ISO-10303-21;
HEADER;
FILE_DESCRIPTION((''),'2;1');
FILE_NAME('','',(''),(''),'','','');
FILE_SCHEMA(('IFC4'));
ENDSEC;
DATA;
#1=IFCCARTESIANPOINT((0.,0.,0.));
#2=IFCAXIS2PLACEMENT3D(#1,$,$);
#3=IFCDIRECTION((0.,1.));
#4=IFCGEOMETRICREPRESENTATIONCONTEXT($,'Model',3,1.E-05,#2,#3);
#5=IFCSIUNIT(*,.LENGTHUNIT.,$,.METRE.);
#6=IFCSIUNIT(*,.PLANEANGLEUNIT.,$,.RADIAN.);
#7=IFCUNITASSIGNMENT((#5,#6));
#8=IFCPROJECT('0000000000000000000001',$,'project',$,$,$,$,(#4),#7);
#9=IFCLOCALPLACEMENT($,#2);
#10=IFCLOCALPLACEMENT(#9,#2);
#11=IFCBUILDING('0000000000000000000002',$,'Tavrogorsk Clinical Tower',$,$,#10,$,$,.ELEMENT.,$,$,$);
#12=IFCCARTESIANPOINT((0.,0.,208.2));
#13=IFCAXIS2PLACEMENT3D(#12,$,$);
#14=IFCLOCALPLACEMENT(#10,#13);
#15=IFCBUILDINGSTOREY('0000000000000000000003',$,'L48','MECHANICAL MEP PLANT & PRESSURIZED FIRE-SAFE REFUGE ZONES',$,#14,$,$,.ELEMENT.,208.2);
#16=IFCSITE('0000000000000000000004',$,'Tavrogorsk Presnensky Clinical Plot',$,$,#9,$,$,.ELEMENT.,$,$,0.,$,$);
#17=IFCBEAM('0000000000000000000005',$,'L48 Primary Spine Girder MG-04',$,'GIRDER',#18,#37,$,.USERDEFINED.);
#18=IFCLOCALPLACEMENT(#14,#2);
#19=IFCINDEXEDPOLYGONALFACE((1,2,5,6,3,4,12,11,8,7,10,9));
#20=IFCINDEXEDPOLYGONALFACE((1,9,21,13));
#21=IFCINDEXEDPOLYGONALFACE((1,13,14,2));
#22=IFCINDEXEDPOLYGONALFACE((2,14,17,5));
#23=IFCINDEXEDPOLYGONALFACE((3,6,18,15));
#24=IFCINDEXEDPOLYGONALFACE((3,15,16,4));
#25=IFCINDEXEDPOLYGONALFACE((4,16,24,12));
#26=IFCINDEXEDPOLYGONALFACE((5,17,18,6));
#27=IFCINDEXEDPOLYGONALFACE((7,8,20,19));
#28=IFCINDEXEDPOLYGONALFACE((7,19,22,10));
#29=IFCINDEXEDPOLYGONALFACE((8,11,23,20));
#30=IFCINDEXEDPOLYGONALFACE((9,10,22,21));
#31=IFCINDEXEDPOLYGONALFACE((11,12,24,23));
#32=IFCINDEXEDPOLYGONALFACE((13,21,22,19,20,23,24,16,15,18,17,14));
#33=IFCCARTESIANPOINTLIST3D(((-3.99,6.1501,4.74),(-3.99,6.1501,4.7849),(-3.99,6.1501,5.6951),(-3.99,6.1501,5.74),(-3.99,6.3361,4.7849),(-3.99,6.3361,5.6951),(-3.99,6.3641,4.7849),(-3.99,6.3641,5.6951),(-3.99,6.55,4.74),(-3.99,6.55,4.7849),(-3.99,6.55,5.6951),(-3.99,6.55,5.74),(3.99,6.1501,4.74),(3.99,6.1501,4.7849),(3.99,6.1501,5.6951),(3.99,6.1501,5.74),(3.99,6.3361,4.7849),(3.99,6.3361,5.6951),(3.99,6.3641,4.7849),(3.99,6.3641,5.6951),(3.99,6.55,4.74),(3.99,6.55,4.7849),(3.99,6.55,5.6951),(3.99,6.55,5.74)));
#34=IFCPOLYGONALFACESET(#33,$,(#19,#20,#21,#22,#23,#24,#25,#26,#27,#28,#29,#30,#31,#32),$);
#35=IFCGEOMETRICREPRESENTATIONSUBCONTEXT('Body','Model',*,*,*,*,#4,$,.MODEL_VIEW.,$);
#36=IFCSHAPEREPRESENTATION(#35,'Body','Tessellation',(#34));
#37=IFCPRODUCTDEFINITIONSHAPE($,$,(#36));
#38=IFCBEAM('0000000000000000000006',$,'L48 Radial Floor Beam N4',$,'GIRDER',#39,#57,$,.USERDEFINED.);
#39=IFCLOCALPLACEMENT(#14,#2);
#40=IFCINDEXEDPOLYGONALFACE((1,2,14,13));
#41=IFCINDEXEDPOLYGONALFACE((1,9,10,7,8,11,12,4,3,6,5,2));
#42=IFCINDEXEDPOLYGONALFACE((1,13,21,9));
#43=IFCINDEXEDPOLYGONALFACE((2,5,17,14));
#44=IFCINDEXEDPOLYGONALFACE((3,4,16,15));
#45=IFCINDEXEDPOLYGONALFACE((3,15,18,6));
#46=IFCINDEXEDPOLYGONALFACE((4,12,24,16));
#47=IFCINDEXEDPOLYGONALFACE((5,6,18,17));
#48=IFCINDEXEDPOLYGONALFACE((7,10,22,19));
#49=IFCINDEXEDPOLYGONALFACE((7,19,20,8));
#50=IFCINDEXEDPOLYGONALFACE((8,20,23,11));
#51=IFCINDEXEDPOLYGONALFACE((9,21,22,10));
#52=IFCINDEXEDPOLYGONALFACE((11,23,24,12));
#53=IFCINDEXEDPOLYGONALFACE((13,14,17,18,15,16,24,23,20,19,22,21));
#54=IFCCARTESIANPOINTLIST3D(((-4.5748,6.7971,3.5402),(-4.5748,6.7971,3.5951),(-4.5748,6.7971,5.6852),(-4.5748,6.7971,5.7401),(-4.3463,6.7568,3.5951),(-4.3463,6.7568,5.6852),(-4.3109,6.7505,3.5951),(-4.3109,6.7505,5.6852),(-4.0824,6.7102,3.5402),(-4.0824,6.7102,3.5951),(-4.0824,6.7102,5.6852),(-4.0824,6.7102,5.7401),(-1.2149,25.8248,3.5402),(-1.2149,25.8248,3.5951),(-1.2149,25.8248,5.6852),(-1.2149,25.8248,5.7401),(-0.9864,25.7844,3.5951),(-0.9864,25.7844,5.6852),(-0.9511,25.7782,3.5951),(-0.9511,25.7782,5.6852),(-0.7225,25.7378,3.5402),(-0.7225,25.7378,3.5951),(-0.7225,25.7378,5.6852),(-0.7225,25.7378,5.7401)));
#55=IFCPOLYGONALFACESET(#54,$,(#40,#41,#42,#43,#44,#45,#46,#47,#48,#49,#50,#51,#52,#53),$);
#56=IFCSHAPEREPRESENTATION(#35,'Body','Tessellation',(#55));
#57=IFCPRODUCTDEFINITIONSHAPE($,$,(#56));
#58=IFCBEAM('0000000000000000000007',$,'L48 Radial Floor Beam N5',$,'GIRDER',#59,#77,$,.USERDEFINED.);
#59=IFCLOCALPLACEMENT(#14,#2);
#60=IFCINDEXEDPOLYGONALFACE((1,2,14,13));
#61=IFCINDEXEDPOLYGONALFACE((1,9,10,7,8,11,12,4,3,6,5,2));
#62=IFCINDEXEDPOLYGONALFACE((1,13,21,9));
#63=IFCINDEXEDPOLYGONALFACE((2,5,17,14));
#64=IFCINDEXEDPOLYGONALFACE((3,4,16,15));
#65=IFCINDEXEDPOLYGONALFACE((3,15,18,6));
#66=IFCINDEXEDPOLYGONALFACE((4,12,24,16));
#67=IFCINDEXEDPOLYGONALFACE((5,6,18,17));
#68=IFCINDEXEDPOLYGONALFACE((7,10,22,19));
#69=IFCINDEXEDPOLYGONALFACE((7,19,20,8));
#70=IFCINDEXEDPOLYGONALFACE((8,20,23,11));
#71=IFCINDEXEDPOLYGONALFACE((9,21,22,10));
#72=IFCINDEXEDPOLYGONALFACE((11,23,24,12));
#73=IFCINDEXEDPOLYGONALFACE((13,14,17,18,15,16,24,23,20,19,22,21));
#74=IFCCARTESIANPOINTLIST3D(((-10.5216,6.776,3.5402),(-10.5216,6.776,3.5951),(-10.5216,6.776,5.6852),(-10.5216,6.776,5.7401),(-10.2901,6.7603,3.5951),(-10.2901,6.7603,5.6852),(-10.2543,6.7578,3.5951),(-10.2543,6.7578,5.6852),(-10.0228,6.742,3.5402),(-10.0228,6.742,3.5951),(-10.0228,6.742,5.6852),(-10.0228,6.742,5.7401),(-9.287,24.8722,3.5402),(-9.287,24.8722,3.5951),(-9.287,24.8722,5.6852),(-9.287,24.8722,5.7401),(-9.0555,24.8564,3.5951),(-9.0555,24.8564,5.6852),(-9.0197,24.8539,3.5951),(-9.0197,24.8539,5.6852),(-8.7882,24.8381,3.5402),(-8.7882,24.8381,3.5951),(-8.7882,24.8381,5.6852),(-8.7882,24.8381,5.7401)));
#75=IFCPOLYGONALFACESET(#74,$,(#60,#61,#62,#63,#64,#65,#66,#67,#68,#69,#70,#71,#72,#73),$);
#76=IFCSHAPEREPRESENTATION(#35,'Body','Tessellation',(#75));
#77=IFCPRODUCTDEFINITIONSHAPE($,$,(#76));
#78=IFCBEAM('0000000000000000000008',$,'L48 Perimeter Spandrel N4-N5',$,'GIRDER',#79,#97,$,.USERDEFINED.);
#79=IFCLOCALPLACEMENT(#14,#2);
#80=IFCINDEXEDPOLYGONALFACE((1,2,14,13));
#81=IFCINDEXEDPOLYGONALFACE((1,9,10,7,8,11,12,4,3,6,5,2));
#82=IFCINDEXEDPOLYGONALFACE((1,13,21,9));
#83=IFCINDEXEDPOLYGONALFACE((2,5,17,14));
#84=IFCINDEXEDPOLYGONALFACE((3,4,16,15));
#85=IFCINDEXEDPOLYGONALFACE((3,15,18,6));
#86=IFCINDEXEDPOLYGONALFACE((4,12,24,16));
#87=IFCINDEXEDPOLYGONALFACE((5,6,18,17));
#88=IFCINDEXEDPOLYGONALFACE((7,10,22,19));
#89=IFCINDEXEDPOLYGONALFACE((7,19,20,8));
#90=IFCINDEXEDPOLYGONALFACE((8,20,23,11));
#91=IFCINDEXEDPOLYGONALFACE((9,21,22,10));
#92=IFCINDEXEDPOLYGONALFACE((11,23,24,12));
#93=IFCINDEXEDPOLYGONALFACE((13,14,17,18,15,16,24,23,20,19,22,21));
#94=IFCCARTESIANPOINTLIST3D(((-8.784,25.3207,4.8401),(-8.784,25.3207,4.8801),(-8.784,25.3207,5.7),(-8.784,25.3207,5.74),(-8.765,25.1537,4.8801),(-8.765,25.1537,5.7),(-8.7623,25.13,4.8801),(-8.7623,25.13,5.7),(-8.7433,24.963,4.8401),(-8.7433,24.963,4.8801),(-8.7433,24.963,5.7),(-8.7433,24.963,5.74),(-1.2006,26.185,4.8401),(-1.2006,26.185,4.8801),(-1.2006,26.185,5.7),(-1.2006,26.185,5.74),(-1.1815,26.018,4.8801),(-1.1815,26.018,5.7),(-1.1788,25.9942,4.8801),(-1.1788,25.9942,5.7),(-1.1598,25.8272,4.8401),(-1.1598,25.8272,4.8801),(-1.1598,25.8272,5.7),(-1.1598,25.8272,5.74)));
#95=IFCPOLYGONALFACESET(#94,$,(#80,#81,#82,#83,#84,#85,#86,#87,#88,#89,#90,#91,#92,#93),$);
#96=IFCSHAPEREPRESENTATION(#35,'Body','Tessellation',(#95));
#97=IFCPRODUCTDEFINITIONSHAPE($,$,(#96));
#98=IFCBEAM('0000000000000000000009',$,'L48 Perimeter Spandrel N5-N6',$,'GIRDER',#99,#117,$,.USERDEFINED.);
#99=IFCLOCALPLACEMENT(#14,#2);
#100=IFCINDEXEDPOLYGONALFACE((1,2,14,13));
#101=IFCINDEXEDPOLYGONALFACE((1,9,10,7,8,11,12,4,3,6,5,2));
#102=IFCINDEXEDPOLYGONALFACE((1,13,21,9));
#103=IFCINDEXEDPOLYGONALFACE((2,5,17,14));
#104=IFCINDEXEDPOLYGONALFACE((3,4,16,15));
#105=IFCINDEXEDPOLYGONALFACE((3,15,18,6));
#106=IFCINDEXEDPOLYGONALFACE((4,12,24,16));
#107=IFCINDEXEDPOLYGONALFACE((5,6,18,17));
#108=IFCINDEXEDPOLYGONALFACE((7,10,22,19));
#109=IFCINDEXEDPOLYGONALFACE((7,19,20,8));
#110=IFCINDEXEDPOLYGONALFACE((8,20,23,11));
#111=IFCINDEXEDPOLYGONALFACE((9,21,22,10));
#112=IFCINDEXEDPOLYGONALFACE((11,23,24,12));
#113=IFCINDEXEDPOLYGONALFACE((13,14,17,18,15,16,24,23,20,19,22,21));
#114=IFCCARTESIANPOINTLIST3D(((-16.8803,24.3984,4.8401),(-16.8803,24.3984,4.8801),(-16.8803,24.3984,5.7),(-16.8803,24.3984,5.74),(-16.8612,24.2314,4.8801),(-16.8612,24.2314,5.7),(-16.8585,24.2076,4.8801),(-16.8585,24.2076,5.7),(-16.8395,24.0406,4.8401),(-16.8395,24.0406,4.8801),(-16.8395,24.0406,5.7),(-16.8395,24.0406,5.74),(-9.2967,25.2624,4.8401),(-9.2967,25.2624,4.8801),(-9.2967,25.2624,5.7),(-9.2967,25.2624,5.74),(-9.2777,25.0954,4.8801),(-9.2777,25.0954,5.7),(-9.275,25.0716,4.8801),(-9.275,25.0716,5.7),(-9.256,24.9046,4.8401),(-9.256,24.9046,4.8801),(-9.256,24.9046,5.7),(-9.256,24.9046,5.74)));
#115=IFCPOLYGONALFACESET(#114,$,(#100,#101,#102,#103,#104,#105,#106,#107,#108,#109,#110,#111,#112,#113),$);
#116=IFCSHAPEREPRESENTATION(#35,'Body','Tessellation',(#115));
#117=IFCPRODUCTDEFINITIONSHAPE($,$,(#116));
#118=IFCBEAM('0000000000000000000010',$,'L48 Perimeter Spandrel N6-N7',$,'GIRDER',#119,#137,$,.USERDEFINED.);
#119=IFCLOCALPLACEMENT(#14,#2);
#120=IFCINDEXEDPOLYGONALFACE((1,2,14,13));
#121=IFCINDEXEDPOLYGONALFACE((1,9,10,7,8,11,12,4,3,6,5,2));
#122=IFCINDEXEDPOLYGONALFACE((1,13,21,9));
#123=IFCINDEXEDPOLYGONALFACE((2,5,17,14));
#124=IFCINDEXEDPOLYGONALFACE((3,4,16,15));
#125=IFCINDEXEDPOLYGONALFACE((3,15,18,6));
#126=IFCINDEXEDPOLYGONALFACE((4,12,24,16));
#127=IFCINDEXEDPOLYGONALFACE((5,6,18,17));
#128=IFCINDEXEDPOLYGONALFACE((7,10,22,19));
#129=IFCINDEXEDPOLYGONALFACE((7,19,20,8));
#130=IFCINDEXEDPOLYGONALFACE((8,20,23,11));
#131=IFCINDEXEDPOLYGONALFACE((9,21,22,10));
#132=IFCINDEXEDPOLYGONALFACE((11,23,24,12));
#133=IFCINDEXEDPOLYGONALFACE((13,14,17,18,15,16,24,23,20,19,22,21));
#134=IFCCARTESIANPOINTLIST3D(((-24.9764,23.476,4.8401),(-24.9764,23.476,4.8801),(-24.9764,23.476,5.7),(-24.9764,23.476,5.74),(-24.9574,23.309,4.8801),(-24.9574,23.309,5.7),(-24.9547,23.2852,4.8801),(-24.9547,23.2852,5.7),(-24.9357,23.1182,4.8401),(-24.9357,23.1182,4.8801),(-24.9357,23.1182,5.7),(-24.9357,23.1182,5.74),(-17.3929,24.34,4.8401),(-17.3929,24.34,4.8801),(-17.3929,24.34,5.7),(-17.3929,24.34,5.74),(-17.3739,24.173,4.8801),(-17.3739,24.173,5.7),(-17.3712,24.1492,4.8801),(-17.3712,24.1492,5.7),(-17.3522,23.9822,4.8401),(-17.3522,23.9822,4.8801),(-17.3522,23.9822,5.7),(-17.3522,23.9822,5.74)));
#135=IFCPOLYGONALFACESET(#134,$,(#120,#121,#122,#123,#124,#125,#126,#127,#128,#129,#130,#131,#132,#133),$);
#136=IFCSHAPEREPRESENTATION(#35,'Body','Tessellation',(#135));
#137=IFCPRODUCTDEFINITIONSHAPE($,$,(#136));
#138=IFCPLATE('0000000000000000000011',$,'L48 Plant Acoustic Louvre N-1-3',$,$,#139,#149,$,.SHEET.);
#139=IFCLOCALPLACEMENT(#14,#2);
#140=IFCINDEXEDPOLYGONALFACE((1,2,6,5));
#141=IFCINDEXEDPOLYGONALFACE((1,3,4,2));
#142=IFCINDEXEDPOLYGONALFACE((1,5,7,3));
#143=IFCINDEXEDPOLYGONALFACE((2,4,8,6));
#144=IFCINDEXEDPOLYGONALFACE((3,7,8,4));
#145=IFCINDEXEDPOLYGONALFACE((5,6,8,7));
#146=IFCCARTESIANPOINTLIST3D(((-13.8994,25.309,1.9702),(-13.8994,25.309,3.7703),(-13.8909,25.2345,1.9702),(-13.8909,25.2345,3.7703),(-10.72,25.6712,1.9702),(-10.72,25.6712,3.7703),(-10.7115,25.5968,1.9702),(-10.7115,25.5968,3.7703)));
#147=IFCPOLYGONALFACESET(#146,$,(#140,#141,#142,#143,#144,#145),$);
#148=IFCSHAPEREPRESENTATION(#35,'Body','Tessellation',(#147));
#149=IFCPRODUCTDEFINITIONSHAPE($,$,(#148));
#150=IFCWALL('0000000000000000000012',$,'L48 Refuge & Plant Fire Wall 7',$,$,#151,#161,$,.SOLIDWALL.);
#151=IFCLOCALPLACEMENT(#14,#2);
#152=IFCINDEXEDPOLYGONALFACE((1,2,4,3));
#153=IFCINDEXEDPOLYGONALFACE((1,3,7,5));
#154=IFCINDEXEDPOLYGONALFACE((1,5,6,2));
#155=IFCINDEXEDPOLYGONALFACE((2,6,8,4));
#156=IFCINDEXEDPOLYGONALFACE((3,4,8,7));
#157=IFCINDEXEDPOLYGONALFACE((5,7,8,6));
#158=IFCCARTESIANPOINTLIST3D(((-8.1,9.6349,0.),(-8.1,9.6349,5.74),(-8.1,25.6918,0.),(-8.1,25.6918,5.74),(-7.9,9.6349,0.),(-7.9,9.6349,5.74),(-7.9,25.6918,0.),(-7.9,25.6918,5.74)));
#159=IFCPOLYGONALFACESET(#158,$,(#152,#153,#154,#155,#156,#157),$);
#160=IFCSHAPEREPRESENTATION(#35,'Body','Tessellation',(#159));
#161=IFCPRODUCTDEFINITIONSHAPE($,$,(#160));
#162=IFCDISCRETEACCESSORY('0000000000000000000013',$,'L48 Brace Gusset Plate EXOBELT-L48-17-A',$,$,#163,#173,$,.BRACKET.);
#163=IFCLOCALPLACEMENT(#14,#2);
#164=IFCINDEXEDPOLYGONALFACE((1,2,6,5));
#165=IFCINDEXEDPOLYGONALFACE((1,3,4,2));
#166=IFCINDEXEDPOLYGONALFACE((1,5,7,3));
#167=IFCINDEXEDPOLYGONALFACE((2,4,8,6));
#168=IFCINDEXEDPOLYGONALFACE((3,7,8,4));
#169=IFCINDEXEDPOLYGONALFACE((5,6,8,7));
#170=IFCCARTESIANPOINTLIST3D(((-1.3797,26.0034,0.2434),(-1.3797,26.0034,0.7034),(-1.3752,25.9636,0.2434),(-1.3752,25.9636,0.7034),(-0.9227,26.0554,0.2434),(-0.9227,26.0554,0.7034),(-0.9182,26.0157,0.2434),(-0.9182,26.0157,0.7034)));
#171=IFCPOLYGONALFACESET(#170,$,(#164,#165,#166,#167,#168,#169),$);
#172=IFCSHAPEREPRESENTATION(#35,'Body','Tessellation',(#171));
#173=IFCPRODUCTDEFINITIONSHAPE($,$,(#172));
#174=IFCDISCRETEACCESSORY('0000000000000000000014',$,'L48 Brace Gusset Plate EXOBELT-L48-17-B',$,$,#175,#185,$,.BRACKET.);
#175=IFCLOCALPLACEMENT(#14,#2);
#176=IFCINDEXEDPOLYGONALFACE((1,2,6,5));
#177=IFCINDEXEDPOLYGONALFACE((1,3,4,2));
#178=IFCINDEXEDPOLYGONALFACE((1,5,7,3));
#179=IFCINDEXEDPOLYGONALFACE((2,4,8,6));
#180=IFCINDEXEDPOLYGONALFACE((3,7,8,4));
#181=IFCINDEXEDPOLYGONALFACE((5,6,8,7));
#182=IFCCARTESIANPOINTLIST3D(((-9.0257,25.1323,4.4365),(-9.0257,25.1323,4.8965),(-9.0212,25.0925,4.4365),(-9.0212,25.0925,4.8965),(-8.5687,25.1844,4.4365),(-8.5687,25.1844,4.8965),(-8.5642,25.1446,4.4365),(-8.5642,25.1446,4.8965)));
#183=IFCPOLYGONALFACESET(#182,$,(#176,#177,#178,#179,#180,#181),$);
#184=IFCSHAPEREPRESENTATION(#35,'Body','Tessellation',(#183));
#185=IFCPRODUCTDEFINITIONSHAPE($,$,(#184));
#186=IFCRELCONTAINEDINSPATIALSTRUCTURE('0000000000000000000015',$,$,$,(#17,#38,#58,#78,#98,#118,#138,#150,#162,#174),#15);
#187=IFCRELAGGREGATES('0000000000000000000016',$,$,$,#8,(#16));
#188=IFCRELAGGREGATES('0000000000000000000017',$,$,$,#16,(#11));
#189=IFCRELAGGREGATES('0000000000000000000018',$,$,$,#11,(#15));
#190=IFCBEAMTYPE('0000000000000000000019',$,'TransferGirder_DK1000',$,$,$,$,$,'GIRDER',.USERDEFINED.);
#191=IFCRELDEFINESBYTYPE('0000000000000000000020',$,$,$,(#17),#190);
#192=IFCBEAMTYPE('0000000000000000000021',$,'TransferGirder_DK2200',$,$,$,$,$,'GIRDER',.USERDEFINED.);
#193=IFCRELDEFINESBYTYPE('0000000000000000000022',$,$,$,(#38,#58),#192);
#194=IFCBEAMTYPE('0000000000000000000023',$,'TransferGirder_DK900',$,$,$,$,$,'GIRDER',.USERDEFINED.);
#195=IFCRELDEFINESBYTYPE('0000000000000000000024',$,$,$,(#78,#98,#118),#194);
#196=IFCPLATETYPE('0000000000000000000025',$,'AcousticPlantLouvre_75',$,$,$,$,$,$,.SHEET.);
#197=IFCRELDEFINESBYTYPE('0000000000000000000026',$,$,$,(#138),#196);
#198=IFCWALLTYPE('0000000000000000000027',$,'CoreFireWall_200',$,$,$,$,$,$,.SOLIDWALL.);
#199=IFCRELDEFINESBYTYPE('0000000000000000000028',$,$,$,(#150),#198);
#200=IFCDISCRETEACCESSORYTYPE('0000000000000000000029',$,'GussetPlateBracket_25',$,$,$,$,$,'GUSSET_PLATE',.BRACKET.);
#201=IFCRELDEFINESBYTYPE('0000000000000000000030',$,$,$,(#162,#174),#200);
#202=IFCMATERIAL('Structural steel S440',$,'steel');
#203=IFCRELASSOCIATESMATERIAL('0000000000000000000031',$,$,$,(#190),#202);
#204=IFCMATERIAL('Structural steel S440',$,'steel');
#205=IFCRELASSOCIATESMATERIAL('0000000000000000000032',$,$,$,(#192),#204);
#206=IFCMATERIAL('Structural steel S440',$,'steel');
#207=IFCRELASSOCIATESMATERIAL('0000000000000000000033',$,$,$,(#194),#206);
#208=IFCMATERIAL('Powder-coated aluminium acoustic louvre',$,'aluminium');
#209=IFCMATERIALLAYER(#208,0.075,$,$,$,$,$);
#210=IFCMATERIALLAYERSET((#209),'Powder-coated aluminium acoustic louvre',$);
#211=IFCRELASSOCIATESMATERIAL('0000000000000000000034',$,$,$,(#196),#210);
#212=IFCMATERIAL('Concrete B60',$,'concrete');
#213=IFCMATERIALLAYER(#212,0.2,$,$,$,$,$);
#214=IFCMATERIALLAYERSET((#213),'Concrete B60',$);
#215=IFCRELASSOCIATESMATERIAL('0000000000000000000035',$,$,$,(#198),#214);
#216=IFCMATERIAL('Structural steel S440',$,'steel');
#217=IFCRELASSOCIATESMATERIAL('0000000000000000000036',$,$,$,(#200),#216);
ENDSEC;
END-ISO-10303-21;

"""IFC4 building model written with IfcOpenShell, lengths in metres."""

from ifc_helpers import new_model, si_unit, direction, frame, frame_2d, origin, origin_2d, place, context, subcontext, project, spatial, rectangle, i_section, extrude, material, layer, layer_set, material_profile, profile_set, type_object, element, save


model = new_model("IFC4")

# Units and contexts
model_context = context("Model", 3, precision=1e-05, world=origin(), true_north=direction((0.0, 1.0)))
body_context = subcontext(model_context, "Body", "Model", "MODEL_VIEW")
ifc_project = project(units=[si_unit("LENGTHUNIT", "METRE"), si_unit("PLANEANGLEUNIT", "RADIAN")], contexts=[model_context])

# Site, building, storey
site_placement = place(None, origin())
site = spatial("IfcSite", under=ifc_project, at=site_placement, Name="Tavrogorsk Presnensky Clinical Plot", CompositionType="ELEMENT", RefElevation=0.0)
building_placement = place(site_placement, origin())
building = spatial("IfcBuilding", under=site, at=building_placement, Name="Tavrogorsk Clinical Tower", CompositionType="ELEMENT")
storey_placement = place(building_placement, frame((0.0, 0.0, 208.2)))
storey = spatial("IfcBuildingStorey", under=building, at=storey_placement, Name="L48", Description="MECHANICAL MEP PLANT & PRESSURIZED FIRE-SAFE REFUGE ZONES", CompositionType="ELEMENT", Elevation=208.2)

# Beams
ifc_material_1 = material(Name="Structural steel S440", Category="steel")
ifc_material_profile_1 = material_profile(ifc_material_1, i_section(OverallWidth=0.3999, OverallDepth=1.0, WebThickness=0.0281, FlangeThickness=0.0449, at=origin_2d()), Name="DK-1000x400x28x45")
ifc_profile_set_1 = profile_set([ifc_material_profile_1], Name="Structural steel S440")
beam_type_1 = type_object("IfcBeamType", Name="TransferGirder_DK1000", ElementType="GIRDER", PredefinedType="USERDEFINED", material=ifc_profile_set_1)
beam_1_placement = place(storey_placement, frame((-3.99, 6.3501, 5.24), z_axis=(1.0, 0.0, 0.0), x_axis=(0.0, 1.0, 0.0)))
element("IfcBeam", 1, at=beam_1_placement, inside=storey, type_object=beam_type_1, Name="L48 Primary Spine Girder MG-04", ObjectType="GIRDER", PredefinedType="USERDEFINED", context=body_context, shape_type="SweptSolid", body=[
    extrude(i_section(OverallWidth=0.3999, OverallDepth=1.0, WebThickness=0.0281, FlangeThickness=0.0449, at=origin_2d()), origin(), (0.0, 0.0, 1.0), 7.98),
])
ifc_material_2 = material(Name="Structural steel S440", Category="steel")
ifc_material_profile_2 = material_profile(ifc_material_2, i_section(OverallWidth=0.5, OverallDepth=2.2, WebThickness=0.0359, FlangeThickness=0.0549, at=origin_2d()), Name="DK-2200x500x36x55")
ifc_profile_set_2 = profile_set([ifc_material_profile_2], Name="Structural steel S440")
beam_type_2 = type_object("IfcBeamType", Name="TransferGirder_DK2200", ElementType="GIRDER", PredefinedType="USERDEFINED", material=ifc_profile_set_2)
beam_2_placement = place(storey_placement, frame((-4.3286, 6.7537, 4.6401), z_axis=(0.173888, 0.984765, 0.0), x_axis=(-0.984765, 0.173888, 0.0)))
element("IfcBeam", 2, at=beam_2_placement, inside=storey, type_object=beam_type_2, Name="L48 Radial Floor Beam N4", ObjectType="GIRDER", PredefinedType="USERDEFINED", context=body_context, shape_type="SweptSolid", body=[
    extrude(i_section(OverallWidth=0.5, OverallDepth=2.2, WebThickness=0.0359, FlangeThickness=0.0549, at=origin_2d()), origin(), (0.0, 0.0, 1.0), 19.322),
])
beam_3_placement = place(storey_placement, frame((-10.2722, 6.759, 4.6401), z_axis=(0.068067, 0.997681, 0.0), x_axis=(-0.997681, 0.068067, 0.0)))
element("IfcBeam", 3, at=beam_3_placement, inside=storey, type_object=beam_type_2, Name="L48 Radial Floor Beam N5", ObjectType="GIRDER", PredefinedType="USERDEFINED", context=body_context, shape_type="SweptSolid", body=[
    extrude(i_section(OverallWidth=0.5, OverallDepth=2.2, WebThickness=0.0359, FlangeThickness=0.0549, at=origin_2d()), origin(), (0.0, 0.0, 1.0), 18.1382),
])
ifc_material_3 = material(Name="Structural steel S440", Category="steel")
ifc_material_profile_3 = material_profile(ifc_material_3, i_section(OverallWidth=0.3601, OverallDepth=0.8999, WebThickness=0.0239, FlangeThickness=0.04, at=origin_2d()), Name="DK-900x360x24x40")
ifc_profile_set_3 = profile_set([ifc_material_profile_3], Name="Structural steel S440")
beam_type_3 = type_object("IfcBeamType", Name="TransferGirder_DK900", ElementType="GIRDER", PredefinedType="USERDEFINED", material=ifc_profile_set_3)
for number, where, z_axis, x_axis, name in (
    (4, (-1.1802, 26.0061, 5.29), (-0.993569, -0.113233, 0.0), (0.113233, -0.993569, 0.0), "L48 Perimeter Spandrel N4-N5"),
    (5, (-9.2764, 25.0835, 5.29), (-0.993572, -0.113201, 0.0), (0.113201, -0.993572, 0.0), "L48 Perimeter Spandrel N5-N6"),
    (6, (-17.3726, 24.1611, 5.29), (-0.993572, -0.113201, 0.0), (0.113201, -0.993572, 0.0), "L48 Perimeter Spandrel N6-N7"),
):
    element("IfcBeam", number, at=place(storey_placement, frame(where, z_axis=z_axis, x_axis=x_axis)), inside=storey, type_object=beam_type_3, Name=name, ObjectType="GIRDER", PredefinedType="USERDEFINED", context=body_context, shape_type="SweptSolid", body=[
        extrude(i_section(OverallWidth=0.3601, OverallDepth=0.8999, WebThickness=0.0239, FlangeThickness=0.04, at=origin_2d()), origin(), (0.0, 0.0, 1.0), 7.6326),
    ])

# Plate
ifc_material_4 = material(Name="Powder-coated aluminium acoustic louvre", Category="aluminium")
ifc_layer_1 = layer(ifc_material_4, 0.075)
ifc_layer_set_1 = layer_set([ifc_layer_1], Name="Powder-coated aluminium acoustic louvre")
plate_type = type_object("IfcPlateType", Name="AcousticPlantLouvre_75", PredefinedType="SHEET", material=ifc_layer_set_1)
plate_placement = place(storey_placement, frame((-12.3054, 25.4529, 1.9702), z_axis=(0.0, 0.0, 1.0), x_axis=(-0.993572, -0.113202, 0.0)))
element("IfcPlate", 7, at=plate_placement, inside=storey, type_object=plate_type, Name="L48 Plant Acoustic Louvre N-1-3", PredefinedType="SHEET", context=body_context, shape_type="SweptSolid", body=[
    extrude(rectangle(XDim=3.2, YDim=0.075, at=origin_2d()), origin(), (0.0, 0.0, 1.0), 1.8),
])

# Wall
ifc_material_5 = material(Name="Concrete B60", Category="concrete")
ifc_layer_2 = layer(ifc_material_5, 0.2)
ifc_layer_set_2 = layer_set([ifc_layer_2], Name="Concrete B60")
wall_type = type_object("IfcWallType", Name="CoreFireWall_200", PredefinedType="SOLIDWALL", material=ifc_layer_set_2)
wall_placement = place(storey_placement, frame((-8.0, 9.635, 0.0), z_axis=(0.0, 0.0, 1.0), x_axis=(0.0, 1.0, 0.0)))
element("IfcWall", 8, at=wall_placement, inside=storey, type_object=wall_type, Name="L48 Refuge & Plant Fire Wall 7", PredefinedType="SOLIDWALL", context=body_context, shape_type="SweptSolid", body=[
    extrude(rectangle(XDim=16.0569, YDim=0.2, at=frame_2d((8.0283, 0.0))), origin(), (0.0, 0.0, 1.0), 5.74),
])

# Discrete accessories
ifc_material_6 = material(Name="Structural steel S440", Category="steel")
discrete_accessory_type_1 = type_object("IfcDiscreteAccessoryType", Name="GussetPlateBracket_25", ElementType="GUSSET_PLATE", PredefinedType="BRACKET", material=ifc_material_6)
for number, where, z_axis, x_axis, name in (
    (9, (-1.1489, 26.0095, 0.2434), (0.0, 0.0, 1.0), (-0.993572, -0.113203, 0.0), "L48 Brace Gusset Plate EXOBELT-L48-17-A"),
    (10, (-8.7949, 25.1384, 4.4365), (0.0, 0.0, 1.0), (-0.993572, -0.113203, 0.0), "L48 Brace Gusset Plate EXOBELT-L48-17-B"),
):
    element("IfcDiscreteAccessory", number, at=place(storey_placement, frame(where, z_axis=z_axis, x_axis=x_axis)), inside=storey, type_object=discrete_accessory_type_1, Name=name, PredefinedType="BRACKET", context=body_context, shape_type="SweptSolid", body=[
        extrude(rectangle(XDim=0.46, YDim=0.04, at=origin_2d()), origin(), (0.0, 0.0, 1.0), 0.46),
    ])

save(model, "model.ifc")
